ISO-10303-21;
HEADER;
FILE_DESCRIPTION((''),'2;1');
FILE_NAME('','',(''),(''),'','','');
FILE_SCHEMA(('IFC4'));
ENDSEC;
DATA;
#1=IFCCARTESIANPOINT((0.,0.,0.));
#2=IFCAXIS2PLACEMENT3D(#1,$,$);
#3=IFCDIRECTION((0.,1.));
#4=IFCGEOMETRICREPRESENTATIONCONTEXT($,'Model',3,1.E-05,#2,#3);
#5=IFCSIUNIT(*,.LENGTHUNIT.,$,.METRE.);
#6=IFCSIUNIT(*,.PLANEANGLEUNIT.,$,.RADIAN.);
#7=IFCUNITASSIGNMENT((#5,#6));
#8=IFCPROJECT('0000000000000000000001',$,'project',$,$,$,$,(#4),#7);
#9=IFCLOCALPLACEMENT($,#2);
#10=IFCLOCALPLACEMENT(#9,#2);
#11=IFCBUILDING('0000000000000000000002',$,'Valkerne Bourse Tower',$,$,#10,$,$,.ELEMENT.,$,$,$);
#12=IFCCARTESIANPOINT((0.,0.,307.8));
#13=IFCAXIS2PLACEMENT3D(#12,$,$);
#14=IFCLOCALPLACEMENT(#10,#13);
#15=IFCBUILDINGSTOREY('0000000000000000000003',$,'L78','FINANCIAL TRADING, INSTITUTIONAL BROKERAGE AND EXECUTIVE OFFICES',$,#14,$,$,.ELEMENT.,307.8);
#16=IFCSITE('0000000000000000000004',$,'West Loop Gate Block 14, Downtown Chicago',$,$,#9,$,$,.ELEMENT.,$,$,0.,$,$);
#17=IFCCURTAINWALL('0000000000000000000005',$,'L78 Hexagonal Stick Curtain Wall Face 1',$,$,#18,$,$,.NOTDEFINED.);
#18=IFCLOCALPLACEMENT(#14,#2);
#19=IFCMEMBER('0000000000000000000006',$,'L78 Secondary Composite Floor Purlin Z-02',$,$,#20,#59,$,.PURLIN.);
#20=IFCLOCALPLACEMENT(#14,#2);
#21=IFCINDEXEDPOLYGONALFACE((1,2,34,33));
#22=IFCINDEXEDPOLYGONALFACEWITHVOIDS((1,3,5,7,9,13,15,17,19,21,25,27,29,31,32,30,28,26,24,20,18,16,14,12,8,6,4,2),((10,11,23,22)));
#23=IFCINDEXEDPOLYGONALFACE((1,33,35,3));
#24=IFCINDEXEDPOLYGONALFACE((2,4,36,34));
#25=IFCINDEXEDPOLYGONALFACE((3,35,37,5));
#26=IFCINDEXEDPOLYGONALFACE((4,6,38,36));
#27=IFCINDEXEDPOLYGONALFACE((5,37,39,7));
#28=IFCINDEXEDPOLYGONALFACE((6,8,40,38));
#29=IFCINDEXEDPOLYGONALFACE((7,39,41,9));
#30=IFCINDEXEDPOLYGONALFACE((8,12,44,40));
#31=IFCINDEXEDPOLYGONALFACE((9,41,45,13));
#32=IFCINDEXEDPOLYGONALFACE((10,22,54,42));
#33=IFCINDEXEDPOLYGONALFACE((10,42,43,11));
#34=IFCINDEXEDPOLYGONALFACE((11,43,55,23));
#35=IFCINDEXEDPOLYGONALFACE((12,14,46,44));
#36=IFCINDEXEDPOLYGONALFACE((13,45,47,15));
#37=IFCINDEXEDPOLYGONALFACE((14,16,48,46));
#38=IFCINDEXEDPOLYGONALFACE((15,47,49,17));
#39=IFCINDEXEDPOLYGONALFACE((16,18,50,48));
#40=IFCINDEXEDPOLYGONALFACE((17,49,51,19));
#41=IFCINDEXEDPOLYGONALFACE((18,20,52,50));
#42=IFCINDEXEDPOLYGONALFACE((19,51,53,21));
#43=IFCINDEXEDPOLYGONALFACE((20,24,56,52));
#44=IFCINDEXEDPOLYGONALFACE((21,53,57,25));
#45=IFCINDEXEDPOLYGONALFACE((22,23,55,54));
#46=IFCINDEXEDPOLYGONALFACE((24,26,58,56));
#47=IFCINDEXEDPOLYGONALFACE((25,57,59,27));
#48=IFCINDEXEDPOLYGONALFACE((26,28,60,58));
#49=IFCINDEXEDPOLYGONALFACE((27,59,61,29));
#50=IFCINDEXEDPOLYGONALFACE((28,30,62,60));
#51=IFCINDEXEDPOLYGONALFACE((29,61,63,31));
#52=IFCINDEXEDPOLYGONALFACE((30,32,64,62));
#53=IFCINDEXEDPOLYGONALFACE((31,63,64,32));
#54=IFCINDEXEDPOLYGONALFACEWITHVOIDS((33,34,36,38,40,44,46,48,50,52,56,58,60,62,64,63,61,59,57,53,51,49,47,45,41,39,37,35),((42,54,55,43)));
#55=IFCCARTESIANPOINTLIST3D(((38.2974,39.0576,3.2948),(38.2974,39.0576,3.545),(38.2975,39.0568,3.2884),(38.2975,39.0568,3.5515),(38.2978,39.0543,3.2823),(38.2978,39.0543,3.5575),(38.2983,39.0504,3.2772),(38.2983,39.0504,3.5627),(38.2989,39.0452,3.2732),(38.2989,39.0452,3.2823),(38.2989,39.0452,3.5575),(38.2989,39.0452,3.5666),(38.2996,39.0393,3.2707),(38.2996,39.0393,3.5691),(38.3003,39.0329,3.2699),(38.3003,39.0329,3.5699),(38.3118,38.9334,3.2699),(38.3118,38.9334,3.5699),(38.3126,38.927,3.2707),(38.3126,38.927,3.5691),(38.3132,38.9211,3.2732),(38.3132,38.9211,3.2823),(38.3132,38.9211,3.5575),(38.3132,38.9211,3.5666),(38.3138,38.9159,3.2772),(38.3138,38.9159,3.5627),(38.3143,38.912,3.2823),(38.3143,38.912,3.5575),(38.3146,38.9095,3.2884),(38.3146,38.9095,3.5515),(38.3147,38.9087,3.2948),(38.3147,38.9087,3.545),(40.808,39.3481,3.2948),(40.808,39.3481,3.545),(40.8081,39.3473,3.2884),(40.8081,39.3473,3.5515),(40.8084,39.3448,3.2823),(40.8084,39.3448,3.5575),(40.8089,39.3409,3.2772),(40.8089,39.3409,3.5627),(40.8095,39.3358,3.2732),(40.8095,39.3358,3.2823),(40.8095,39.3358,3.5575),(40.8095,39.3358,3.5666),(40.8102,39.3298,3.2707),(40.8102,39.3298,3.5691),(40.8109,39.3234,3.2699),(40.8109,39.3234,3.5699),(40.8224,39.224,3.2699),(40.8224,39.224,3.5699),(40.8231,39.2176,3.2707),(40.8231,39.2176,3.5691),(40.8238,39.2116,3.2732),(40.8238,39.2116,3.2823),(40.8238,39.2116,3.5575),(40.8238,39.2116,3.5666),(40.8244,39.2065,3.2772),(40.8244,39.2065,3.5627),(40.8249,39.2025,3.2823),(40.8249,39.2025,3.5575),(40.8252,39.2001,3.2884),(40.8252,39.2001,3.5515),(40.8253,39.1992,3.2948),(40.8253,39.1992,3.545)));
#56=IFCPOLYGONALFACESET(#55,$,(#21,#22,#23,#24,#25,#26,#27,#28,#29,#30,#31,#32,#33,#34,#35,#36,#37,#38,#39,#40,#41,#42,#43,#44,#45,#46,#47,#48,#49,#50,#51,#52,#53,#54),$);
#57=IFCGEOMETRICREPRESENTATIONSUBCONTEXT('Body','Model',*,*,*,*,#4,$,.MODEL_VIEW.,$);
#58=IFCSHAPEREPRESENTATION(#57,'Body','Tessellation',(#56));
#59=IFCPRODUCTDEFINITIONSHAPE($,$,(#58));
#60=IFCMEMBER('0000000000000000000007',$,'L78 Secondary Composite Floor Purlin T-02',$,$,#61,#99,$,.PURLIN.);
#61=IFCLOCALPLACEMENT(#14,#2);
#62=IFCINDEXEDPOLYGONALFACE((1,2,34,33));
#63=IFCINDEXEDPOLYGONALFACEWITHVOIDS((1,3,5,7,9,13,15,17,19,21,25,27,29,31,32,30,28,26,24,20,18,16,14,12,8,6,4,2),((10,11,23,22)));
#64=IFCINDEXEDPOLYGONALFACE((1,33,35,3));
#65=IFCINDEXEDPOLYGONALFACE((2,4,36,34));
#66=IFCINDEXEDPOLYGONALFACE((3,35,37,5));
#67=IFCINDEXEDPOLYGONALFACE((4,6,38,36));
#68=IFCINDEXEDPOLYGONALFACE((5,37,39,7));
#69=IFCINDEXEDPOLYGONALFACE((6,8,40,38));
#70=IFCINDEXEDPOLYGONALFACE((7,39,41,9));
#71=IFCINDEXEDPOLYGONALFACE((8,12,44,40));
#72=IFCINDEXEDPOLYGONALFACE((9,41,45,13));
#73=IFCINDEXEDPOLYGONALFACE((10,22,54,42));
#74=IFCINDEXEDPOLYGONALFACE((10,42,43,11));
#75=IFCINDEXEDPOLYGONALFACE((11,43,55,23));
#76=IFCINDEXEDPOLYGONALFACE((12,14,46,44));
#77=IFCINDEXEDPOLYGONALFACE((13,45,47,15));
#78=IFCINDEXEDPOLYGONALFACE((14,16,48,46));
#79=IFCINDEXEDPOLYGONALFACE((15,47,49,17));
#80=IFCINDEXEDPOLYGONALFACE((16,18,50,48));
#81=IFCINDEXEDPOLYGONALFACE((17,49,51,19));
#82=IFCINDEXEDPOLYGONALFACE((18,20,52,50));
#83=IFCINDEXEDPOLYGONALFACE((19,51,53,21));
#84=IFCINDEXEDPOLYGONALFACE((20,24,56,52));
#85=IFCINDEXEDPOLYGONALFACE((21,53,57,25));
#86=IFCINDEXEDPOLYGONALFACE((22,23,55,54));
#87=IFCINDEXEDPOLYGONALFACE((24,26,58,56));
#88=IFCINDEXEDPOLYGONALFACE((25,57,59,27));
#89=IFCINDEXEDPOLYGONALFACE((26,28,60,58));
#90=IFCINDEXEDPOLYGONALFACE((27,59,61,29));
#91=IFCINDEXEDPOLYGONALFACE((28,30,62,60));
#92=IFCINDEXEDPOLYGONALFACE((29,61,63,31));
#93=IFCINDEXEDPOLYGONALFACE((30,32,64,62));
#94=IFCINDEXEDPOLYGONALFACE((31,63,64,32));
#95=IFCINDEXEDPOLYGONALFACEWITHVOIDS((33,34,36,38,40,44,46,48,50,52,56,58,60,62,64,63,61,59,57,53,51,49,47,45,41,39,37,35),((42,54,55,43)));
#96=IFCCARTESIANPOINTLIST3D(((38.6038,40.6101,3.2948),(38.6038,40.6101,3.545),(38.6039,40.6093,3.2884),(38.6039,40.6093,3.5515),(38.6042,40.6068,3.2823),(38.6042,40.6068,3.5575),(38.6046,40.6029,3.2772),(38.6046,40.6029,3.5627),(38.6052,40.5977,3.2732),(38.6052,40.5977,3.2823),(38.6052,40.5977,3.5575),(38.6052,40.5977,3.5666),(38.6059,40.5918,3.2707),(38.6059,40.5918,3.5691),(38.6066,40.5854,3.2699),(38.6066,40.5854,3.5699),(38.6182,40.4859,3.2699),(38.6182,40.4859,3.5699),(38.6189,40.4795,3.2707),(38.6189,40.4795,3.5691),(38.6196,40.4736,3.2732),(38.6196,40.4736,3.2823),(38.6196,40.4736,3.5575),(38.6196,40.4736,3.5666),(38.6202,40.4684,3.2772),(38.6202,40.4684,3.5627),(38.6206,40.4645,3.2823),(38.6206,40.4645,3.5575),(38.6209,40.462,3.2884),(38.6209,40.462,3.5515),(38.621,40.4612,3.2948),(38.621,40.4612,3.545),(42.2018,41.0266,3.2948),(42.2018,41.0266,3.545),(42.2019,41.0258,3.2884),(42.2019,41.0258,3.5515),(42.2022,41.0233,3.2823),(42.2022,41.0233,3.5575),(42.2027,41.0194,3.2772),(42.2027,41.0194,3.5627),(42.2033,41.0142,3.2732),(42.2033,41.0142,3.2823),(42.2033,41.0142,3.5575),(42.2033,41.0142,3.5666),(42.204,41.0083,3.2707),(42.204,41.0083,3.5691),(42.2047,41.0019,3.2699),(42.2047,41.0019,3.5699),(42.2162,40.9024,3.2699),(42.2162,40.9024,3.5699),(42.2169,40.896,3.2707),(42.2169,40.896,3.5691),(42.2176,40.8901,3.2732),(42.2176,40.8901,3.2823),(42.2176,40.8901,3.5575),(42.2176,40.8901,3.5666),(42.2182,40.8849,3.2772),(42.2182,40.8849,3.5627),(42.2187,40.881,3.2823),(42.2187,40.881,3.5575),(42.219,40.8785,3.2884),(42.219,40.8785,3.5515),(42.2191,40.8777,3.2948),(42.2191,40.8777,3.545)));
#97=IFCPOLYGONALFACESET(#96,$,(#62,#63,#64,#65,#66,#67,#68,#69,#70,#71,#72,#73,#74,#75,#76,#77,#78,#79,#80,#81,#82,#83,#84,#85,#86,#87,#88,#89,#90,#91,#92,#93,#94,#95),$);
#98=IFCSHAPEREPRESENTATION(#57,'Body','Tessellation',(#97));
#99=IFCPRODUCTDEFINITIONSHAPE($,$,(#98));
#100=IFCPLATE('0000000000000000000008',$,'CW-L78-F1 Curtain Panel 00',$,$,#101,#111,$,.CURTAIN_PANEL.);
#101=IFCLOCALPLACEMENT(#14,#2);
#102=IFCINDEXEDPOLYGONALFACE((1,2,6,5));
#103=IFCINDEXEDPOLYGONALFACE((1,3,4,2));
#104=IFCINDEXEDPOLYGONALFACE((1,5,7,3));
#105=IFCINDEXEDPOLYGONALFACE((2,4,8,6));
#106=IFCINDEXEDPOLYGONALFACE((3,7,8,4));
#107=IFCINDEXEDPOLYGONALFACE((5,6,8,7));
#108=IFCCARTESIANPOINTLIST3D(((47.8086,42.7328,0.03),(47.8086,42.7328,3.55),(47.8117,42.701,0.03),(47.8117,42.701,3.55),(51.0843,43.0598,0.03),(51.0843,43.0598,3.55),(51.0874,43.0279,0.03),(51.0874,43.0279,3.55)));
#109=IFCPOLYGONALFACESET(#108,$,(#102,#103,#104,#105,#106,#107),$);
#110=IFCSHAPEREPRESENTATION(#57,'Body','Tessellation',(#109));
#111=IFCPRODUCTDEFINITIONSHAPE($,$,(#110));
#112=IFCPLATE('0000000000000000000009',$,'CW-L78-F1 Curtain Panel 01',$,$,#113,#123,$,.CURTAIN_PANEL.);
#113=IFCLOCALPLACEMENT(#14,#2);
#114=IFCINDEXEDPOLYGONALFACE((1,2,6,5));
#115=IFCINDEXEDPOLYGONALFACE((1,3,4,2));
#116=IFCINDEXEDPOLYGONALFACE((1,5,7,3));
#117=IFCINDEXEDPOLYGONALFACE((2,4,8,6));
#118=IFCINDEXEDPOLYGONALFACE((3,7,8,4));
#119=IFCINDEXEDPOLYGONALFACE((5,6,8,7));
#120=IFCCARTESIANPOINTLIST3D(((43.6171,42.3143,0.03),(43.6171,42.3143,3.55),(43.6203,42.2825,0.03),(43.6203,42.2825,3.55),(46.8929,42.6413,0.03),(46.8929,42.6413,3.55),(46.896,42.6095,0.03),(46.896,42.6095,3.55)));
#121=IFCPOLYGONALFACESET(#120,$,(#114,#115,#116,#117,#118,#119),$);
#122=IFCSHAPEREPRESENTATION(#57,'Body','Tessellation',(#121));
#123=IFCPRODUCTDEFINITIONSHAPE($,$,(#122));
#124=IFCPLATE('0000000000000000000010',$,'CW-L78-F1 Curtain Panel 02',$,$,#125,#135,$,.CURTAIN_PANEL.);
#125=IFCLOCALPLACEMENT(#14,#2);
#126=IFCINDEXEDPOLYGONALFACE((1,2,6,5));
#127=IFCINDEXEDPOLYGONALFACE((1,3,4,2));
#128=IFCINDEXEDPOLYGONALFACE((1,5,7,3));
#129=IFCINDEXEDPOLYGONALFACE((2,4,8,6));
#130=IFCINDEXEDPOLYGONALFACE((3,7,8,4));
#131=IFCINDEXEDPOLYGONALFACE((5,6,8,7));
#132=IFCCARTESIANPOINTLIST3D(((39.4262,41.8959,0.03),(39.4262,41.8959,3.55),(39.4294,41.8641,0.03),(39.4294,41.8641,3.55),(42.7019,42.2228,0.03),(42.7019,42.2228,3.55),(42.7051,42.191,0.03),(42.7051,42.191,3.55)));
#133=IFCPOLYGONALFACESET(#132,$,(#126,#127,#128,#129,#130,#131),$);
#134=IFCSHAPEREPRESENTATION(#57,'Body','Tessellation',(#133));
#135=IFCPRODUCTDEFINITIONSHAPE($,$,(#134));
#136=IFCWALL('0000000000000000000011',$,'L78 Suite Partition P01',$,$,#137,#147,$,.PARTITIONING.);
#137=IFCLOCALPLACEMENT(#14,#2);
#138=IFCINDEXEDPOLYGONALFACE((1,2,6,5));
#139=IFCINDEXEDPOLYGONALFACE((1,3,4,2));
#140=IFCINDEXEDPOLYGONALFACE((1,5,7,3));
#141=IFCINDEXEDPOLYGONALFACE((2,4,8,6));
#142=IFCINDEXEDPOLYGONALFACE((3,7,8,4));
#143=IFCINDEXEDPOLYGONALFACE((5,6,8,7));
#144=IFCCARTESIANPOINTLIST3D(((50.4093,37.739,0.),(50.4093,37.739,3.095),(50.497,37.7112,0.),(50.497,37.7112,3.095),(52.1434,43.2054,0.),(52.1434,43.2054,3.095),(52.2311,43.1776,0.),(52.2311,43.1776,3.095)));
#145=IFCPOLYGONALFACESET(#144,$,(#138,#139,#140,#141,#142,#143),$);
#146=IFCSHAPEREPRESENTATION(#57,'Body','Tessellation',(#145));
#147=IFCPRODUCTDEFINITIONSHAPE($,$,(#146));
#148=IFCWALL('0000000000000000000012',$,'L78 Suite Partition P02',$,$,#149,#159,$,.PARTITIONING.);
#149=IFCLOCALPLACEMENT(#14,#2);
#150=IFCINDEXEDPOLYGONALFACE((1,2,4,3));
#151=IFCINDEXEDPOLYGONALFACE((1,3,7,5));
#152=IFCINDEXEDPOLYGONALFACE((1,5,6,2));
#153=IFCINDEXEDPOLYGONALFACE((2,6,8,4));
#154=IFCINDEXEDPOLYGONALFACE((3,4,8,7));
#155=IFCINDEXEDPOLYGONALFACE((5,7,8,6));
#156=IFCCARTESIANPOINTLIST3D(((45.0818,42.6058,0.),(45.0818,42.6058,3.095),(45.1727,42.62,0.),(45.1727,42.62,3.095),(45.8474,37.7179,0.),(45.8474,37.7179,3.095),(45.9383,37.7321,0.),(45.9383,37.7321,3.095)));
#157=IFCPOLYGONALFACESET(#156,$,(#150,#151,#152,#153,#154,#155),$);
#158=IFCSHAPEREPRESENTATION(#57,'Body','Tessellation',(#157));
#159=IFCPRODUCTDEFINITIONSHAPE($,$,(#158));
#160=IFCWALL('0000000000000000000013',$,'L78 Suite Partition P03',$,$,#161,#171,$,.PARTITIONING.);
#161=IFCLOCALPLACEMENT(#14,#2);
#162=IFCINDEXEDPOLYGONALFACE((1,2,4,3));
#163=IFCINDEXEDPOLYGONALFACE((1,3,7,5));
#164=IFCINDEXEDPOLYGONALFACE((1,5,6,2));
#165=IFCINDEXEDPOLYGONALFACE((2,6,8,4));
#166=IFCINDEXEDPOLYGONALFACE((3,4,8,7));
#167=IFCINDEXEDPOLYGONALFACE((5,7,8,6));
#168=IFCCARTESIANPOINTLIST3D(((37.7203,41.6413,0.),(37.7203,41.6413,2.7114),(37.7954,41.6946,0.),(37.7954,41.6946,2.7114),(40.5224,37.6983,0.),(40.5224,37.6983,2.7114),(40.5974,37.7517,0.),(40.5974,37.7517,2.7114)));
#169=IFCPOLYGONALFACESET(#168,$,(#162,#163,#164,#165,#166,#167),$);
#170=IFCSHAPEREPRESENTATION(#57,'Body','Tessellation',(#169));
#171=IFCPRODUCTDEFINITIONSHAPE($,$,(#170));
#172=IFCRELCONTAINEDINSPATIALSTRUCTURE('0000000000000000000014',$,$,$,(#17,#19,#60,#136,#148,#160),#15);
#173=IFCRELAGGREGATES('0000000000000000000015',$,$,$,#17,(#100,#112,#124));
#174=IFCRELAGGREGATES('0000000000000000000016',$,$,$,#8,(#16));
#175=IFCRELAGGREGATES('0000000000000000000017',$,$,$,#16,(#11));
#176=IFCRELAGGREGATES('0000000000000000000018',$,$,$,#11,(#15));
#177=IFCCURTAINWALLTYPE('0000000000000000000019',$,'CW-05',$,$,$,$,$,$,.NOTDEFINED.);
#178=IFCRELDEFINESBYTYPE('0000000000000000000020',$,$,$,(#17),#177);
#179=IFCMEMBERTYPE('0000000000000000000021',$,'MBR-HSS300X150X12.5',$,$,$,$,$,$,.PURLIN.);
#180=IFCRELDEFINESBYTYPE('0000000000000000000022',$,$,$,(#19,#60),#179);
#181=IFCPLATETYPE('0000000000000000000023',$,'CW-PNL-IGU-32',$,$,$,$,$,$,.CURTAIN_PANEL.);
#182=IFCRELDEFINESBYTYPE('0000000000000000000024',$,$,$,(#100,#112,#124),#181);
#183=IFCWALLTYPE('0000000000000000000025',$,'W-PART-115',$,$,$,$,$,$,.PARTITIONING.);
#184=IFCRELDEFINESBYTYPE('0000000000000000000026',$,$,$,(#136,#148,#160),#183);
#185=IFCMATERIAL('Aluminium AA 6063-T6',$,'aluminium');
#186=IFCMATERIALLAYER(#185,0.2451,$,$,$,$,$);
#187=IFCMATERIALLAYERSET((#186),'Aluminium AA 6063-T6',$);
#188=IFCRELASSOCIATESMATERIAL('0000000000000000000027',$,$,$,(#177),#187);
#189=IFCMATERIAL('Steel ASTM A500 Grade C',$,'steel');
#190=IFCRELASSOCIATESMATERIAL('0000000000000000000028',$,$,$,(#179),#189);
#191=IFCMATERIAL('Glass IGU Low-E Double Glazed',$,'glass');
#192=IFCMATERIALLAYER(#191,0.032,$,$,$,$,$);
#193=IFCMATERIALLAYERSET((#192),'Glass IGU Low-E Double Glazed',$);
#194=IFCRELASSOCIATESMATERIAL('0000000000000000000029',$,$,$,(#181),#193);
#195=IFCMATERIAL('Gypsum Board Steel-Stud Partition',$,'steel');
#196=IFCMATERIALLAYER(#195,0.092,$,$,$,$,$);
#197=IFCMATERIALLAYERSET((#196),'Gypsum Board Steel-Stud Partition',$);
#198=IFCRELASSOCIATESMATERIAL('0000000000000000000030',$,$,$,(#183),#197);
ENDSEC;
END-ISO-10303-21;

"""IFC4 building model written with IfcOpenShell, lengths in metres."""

from ifc_helpers import new_model, si_unit, direction, frame, frame_2d, origin, origin_2d, place, context, subcontext, project, spatial, rectangle, hollow_rectangle, extrude, material, layer, layer_set, material_profile, profile_set, type_object, element, aggregate, save


model = new_model("IFC4")

# Units and contexts
model_context = context("Model", 3, precision=1e-05, world=origin(), true_north=direction((0.0, 1.0)))
body_context = subcontext(model_context, "Body", "Model", "MODEL_VIEW")
ifc_project = project(units=[si_unit("LENGTHUNIT", "METRE"), si_unit("PLANEANGLEUNIT", "RADIAN")], contexts=[model_context])

# Site, building, storey
site_placement = place(None, origin())
site = spatial("IfcSite", under=ifc_project, at=site_placement, Name="West Loop Gate Block 14, Downtown Chicago", CompositionType="ELEMENT", RefElevation=0.0)
building_placement = place(site_placement, origin())
building = spatial("IfcBuilding", under=site, at=building_placement, Name="Valkerne Bourse Tower", CompositionType="ELEMENT")
storey_placement = place(building_placement, frame((0.0, 0.0, 307.8)))
storey = spatial("IfcBuildingStorey", under=building, at=storey_placement, Name="L78", Description="FINANCIAL TRADING, INSTITUTIONAL BROKERAGE AND EXECUTIVE OFFICES", CompositionType="ELEMENT", Elevation=307.8)

# Curtain wall
ifc_material_1 = material(Name="Aluminium AA 6063-T6", Category="aluminium")
ifc_layer_1 = layer(ifc_material_1, 0.2451)
ifc_layer_set_1 = layer_set([ifc_layer_1], Name="Aluminium AA 6063-T6")
curtain_wall_type = type_object("IfcCurtainWallType", Name="CW-05", PredefinedType="NOTDEFINED", material=ifc_layer_set_1)
curtain_wall_placement = place(storey_placement, origin())
curtain_wall = element("IfcCurtainWall", 1, at=curtain_wall_placement, inside=storey, type_object=curtain_wall_type, Name="L78 Hexagonal Stick Curtain Wall Face 1", PredefinedType="NOTDEFINED")

# Members
ifc_material_2 = material(Name="Steel ASTM A500 Grade C", Category="steel")
ifc_material_profile_1 = material_profile(ifc_material_2, hollow_rectangle(XDim=0.1499, YDim=0.3, WallThickness=0.0125, OuterFilletRadius=0.0249, at=origin_2d()), Name="HSS300X150X12.5")
ifc_profile_set_1 = profile_set([ifc_material_profile_1], Name="Steel ASTM A500 Grade C")
member_type_1 = type_object("IfcMemberType", Name="MBR-HSS300X150X12.5", PredefinedType="PURLIN", material=ifc_profile_set_1)
member_1_placement = place(storey_placement, frame((40.8167, 39.2737, 3.4199), z_axis=(-0.99337, -0.114958, 0.0), x_axis=(0.114958, -0.99337, 0.0)))
element("IfcMember", 2, at=member_1_placement, inside=storey, type_object=member_type_1, Name="L78 Secondary Composite Floor Purlin Z-02", PredefinedType="PURLIN", context=body_context, shape_type="SweptSolid", body=[
    extrude(hollow_rectangle(XDim=0.1499, YDim=0.3, WallThickness=0.0125, OuterFilletRadius=0.0249, at=origin_2d()), origin(), (0.0, 0.0, 1.0), 2.5273),
])
member_2_placement = place(storey_placement, frame((42.2104, 40.9521, 3.4199), z_axis=(-0.993367, -0.114987, 0.0), x_axis=(0.114987, -0.993367, 0.0)))
element("IfcMember", 3, at=member_2_placement, inside=storey, type_object=member_type_1, Name="L78 Secondary Composite Floor Purlin T-02", PredefinedType="PURLIN", context=body_context, shape_type="SweptSolid", body=[
    extrude(hollow_rectangle(XDim=0.1499, YDim=0.3, WallThickness=0.0125, OuterFilletRadius=0.0249, at=origin_2d()), origin(), (0.0, 0.0, 1.0), 3.6221),
])

# Plates
ifc_material_3 = material(Name="Glass IGU Low-E Double Glazed", Category="glass")
ifc_layer_2 = layer(ifc_material_3, 0.032)
ifc_layer_set_2 = layer_set([ifc_layer_2], Name="Glass IGU Low-E Double Glazed")
plate_type = type_object("IfcPlateType", Name="CW-PNL-IGU-32", PredefinedType="CURTAIN_PANEL", material=ifc_layer_set_2)
plate_1_placement = place(storey_placement, frame((49.448, 42.8804, 0.03), z_axis=(0.0, 0.0, 1.0), x_axis=(-0.995056, -0.099313, 0.0)))
plate_1 = element("IfcPlate", 4, at=plate_1_placement, type_object=plate_type, Name="CW-L78-F1 Curtain Panel 00", PredefinedType="CURTAIN_PANEL", context=body_context, shape_type="SweptSolid", body=[
    extrude(rectangle(XDim=3.292, YDim=0.032, at=origin_2d()), origin(), (0.0, 0.0, 1.0), 3.52),
])
plate_2_placement = place(storey_placement, frame((45.2566, 42.4619, 0.03), z_axis=(0.0, 0.0, 1.0), x_axis=(-0.995054, -0.099334, 0.0)))
plate_2 = element("IfcPlate", 5, at=plate_2_placement, type_object=plate_type, Name="CW-L78-F1 Curtain Panel 01", PredefinedType="CURTAIN_PANEL", context=body_context, shape_type="SweptSolid", body=[
    extrude(rectangle(XDim=3.292, YDim=0.032, at=origin_2d()), origin(), (0.0, 0.0, 1.0), 3.52),
])
plate_3_placement = place(storey_placement, frame((41.0657, 42.0435, 0.03), z_axis=(0.0, 0.0, 1.0), x_axis=(-0.995056, -0.099311, 0.0)))
plate_3 = element("IfcPlate", 6, at=plate_3_placement, type_object=plate_type, Name="CW-L78-F1 Curtain Panel 02", PredefinedType="CURTAIN_PANEL", context=body_context, shape_type="SweptSolid", body=[
    extrude(rectangle(XDim=3.292, YDim=0.032, at=origin_2d()), origin(), (0.0, 0.0, 1.0), 3.52),
])
aggregate(curtain_wall, [plate_1, plate_2, plate_3])

# Walls
ifc_material_4 = material(Name="Gypsum Board Steel-Stud Partition", Category="steel")
ifc_layer_3 = layer(ifc_material_4, 0.092)
ifc_layer_set_3 = layer_set([ifc_layer_3], Name="Gypsum Board Steel-Stud Partition")
wall_type = type_object("IfcWallType", Name="W-PART-115", PredefinedType="PARTITIONING", material=ifc_layer_set_3)
wall_1_placement = place(storey_placement, frame((50.4531, 37.7251, 0.0), z_axis=(0.0, 0.0, 1.0), x_axis=(0.302388, 0.953185, 0.0)))
element("IfcWall", 7, at=wall_1_placement, inside=storey, type_object=wall_type, Name="L78 Suite Partition P01", PredefinedType="PARTITIONING", context=body_context, shape_type="SweptSolid", body=[
    extrude(rectangle(XDim=5.7349, YDim=0.092, at=frame_2d((2.8674, 0.0))), origin(), (0.0, 0.0, 1.0), 3.095),
])
wall_2_placement = place(storey_placement, frame((45.8928, 37.7251, 0.0), z_axis=(0.0, 0.0, 1.0), x_axis=(-0.154749, 0.987954, 0.0)))
element("IfcWall", 8, at=wall_2_placement, inside=storey, type_object=wall_type, Name="L78 Suite Partition P02", PredefinedType="PARTITIONING", context=body_context, shape_type="SweptSolid", body=[
    extrude(rectangle(XDim=4.9475, YDim=0.092, at=frame_2d((2.4736, 0.0))), origin(), (0.0, 0.0, 1.0), 3.095),
])
wall_3_placement = place(storey_placement, frame((40.5598, 37.7251, 0.0), z_axis=(0.0, 0.0, 1.0), x_axis=(-0.579274, 0.815133, 0.0)))
element("IfcWall", 9, at=wall_3_placement, inside=storey, type_object=wall_type, Name="L78 Suite Partition P03", PredefinedType="PARTITIONING", context=body_context, shape_type="SweptSolid", body=[
    extrude(rectangle(XDim=4.8372, YDim=0.092, at=frame_2d((2.4185, 0.0))), origin(), (0.0, 0.0, 1.0), 2.7114),
])

save(model, "model.ifc")
